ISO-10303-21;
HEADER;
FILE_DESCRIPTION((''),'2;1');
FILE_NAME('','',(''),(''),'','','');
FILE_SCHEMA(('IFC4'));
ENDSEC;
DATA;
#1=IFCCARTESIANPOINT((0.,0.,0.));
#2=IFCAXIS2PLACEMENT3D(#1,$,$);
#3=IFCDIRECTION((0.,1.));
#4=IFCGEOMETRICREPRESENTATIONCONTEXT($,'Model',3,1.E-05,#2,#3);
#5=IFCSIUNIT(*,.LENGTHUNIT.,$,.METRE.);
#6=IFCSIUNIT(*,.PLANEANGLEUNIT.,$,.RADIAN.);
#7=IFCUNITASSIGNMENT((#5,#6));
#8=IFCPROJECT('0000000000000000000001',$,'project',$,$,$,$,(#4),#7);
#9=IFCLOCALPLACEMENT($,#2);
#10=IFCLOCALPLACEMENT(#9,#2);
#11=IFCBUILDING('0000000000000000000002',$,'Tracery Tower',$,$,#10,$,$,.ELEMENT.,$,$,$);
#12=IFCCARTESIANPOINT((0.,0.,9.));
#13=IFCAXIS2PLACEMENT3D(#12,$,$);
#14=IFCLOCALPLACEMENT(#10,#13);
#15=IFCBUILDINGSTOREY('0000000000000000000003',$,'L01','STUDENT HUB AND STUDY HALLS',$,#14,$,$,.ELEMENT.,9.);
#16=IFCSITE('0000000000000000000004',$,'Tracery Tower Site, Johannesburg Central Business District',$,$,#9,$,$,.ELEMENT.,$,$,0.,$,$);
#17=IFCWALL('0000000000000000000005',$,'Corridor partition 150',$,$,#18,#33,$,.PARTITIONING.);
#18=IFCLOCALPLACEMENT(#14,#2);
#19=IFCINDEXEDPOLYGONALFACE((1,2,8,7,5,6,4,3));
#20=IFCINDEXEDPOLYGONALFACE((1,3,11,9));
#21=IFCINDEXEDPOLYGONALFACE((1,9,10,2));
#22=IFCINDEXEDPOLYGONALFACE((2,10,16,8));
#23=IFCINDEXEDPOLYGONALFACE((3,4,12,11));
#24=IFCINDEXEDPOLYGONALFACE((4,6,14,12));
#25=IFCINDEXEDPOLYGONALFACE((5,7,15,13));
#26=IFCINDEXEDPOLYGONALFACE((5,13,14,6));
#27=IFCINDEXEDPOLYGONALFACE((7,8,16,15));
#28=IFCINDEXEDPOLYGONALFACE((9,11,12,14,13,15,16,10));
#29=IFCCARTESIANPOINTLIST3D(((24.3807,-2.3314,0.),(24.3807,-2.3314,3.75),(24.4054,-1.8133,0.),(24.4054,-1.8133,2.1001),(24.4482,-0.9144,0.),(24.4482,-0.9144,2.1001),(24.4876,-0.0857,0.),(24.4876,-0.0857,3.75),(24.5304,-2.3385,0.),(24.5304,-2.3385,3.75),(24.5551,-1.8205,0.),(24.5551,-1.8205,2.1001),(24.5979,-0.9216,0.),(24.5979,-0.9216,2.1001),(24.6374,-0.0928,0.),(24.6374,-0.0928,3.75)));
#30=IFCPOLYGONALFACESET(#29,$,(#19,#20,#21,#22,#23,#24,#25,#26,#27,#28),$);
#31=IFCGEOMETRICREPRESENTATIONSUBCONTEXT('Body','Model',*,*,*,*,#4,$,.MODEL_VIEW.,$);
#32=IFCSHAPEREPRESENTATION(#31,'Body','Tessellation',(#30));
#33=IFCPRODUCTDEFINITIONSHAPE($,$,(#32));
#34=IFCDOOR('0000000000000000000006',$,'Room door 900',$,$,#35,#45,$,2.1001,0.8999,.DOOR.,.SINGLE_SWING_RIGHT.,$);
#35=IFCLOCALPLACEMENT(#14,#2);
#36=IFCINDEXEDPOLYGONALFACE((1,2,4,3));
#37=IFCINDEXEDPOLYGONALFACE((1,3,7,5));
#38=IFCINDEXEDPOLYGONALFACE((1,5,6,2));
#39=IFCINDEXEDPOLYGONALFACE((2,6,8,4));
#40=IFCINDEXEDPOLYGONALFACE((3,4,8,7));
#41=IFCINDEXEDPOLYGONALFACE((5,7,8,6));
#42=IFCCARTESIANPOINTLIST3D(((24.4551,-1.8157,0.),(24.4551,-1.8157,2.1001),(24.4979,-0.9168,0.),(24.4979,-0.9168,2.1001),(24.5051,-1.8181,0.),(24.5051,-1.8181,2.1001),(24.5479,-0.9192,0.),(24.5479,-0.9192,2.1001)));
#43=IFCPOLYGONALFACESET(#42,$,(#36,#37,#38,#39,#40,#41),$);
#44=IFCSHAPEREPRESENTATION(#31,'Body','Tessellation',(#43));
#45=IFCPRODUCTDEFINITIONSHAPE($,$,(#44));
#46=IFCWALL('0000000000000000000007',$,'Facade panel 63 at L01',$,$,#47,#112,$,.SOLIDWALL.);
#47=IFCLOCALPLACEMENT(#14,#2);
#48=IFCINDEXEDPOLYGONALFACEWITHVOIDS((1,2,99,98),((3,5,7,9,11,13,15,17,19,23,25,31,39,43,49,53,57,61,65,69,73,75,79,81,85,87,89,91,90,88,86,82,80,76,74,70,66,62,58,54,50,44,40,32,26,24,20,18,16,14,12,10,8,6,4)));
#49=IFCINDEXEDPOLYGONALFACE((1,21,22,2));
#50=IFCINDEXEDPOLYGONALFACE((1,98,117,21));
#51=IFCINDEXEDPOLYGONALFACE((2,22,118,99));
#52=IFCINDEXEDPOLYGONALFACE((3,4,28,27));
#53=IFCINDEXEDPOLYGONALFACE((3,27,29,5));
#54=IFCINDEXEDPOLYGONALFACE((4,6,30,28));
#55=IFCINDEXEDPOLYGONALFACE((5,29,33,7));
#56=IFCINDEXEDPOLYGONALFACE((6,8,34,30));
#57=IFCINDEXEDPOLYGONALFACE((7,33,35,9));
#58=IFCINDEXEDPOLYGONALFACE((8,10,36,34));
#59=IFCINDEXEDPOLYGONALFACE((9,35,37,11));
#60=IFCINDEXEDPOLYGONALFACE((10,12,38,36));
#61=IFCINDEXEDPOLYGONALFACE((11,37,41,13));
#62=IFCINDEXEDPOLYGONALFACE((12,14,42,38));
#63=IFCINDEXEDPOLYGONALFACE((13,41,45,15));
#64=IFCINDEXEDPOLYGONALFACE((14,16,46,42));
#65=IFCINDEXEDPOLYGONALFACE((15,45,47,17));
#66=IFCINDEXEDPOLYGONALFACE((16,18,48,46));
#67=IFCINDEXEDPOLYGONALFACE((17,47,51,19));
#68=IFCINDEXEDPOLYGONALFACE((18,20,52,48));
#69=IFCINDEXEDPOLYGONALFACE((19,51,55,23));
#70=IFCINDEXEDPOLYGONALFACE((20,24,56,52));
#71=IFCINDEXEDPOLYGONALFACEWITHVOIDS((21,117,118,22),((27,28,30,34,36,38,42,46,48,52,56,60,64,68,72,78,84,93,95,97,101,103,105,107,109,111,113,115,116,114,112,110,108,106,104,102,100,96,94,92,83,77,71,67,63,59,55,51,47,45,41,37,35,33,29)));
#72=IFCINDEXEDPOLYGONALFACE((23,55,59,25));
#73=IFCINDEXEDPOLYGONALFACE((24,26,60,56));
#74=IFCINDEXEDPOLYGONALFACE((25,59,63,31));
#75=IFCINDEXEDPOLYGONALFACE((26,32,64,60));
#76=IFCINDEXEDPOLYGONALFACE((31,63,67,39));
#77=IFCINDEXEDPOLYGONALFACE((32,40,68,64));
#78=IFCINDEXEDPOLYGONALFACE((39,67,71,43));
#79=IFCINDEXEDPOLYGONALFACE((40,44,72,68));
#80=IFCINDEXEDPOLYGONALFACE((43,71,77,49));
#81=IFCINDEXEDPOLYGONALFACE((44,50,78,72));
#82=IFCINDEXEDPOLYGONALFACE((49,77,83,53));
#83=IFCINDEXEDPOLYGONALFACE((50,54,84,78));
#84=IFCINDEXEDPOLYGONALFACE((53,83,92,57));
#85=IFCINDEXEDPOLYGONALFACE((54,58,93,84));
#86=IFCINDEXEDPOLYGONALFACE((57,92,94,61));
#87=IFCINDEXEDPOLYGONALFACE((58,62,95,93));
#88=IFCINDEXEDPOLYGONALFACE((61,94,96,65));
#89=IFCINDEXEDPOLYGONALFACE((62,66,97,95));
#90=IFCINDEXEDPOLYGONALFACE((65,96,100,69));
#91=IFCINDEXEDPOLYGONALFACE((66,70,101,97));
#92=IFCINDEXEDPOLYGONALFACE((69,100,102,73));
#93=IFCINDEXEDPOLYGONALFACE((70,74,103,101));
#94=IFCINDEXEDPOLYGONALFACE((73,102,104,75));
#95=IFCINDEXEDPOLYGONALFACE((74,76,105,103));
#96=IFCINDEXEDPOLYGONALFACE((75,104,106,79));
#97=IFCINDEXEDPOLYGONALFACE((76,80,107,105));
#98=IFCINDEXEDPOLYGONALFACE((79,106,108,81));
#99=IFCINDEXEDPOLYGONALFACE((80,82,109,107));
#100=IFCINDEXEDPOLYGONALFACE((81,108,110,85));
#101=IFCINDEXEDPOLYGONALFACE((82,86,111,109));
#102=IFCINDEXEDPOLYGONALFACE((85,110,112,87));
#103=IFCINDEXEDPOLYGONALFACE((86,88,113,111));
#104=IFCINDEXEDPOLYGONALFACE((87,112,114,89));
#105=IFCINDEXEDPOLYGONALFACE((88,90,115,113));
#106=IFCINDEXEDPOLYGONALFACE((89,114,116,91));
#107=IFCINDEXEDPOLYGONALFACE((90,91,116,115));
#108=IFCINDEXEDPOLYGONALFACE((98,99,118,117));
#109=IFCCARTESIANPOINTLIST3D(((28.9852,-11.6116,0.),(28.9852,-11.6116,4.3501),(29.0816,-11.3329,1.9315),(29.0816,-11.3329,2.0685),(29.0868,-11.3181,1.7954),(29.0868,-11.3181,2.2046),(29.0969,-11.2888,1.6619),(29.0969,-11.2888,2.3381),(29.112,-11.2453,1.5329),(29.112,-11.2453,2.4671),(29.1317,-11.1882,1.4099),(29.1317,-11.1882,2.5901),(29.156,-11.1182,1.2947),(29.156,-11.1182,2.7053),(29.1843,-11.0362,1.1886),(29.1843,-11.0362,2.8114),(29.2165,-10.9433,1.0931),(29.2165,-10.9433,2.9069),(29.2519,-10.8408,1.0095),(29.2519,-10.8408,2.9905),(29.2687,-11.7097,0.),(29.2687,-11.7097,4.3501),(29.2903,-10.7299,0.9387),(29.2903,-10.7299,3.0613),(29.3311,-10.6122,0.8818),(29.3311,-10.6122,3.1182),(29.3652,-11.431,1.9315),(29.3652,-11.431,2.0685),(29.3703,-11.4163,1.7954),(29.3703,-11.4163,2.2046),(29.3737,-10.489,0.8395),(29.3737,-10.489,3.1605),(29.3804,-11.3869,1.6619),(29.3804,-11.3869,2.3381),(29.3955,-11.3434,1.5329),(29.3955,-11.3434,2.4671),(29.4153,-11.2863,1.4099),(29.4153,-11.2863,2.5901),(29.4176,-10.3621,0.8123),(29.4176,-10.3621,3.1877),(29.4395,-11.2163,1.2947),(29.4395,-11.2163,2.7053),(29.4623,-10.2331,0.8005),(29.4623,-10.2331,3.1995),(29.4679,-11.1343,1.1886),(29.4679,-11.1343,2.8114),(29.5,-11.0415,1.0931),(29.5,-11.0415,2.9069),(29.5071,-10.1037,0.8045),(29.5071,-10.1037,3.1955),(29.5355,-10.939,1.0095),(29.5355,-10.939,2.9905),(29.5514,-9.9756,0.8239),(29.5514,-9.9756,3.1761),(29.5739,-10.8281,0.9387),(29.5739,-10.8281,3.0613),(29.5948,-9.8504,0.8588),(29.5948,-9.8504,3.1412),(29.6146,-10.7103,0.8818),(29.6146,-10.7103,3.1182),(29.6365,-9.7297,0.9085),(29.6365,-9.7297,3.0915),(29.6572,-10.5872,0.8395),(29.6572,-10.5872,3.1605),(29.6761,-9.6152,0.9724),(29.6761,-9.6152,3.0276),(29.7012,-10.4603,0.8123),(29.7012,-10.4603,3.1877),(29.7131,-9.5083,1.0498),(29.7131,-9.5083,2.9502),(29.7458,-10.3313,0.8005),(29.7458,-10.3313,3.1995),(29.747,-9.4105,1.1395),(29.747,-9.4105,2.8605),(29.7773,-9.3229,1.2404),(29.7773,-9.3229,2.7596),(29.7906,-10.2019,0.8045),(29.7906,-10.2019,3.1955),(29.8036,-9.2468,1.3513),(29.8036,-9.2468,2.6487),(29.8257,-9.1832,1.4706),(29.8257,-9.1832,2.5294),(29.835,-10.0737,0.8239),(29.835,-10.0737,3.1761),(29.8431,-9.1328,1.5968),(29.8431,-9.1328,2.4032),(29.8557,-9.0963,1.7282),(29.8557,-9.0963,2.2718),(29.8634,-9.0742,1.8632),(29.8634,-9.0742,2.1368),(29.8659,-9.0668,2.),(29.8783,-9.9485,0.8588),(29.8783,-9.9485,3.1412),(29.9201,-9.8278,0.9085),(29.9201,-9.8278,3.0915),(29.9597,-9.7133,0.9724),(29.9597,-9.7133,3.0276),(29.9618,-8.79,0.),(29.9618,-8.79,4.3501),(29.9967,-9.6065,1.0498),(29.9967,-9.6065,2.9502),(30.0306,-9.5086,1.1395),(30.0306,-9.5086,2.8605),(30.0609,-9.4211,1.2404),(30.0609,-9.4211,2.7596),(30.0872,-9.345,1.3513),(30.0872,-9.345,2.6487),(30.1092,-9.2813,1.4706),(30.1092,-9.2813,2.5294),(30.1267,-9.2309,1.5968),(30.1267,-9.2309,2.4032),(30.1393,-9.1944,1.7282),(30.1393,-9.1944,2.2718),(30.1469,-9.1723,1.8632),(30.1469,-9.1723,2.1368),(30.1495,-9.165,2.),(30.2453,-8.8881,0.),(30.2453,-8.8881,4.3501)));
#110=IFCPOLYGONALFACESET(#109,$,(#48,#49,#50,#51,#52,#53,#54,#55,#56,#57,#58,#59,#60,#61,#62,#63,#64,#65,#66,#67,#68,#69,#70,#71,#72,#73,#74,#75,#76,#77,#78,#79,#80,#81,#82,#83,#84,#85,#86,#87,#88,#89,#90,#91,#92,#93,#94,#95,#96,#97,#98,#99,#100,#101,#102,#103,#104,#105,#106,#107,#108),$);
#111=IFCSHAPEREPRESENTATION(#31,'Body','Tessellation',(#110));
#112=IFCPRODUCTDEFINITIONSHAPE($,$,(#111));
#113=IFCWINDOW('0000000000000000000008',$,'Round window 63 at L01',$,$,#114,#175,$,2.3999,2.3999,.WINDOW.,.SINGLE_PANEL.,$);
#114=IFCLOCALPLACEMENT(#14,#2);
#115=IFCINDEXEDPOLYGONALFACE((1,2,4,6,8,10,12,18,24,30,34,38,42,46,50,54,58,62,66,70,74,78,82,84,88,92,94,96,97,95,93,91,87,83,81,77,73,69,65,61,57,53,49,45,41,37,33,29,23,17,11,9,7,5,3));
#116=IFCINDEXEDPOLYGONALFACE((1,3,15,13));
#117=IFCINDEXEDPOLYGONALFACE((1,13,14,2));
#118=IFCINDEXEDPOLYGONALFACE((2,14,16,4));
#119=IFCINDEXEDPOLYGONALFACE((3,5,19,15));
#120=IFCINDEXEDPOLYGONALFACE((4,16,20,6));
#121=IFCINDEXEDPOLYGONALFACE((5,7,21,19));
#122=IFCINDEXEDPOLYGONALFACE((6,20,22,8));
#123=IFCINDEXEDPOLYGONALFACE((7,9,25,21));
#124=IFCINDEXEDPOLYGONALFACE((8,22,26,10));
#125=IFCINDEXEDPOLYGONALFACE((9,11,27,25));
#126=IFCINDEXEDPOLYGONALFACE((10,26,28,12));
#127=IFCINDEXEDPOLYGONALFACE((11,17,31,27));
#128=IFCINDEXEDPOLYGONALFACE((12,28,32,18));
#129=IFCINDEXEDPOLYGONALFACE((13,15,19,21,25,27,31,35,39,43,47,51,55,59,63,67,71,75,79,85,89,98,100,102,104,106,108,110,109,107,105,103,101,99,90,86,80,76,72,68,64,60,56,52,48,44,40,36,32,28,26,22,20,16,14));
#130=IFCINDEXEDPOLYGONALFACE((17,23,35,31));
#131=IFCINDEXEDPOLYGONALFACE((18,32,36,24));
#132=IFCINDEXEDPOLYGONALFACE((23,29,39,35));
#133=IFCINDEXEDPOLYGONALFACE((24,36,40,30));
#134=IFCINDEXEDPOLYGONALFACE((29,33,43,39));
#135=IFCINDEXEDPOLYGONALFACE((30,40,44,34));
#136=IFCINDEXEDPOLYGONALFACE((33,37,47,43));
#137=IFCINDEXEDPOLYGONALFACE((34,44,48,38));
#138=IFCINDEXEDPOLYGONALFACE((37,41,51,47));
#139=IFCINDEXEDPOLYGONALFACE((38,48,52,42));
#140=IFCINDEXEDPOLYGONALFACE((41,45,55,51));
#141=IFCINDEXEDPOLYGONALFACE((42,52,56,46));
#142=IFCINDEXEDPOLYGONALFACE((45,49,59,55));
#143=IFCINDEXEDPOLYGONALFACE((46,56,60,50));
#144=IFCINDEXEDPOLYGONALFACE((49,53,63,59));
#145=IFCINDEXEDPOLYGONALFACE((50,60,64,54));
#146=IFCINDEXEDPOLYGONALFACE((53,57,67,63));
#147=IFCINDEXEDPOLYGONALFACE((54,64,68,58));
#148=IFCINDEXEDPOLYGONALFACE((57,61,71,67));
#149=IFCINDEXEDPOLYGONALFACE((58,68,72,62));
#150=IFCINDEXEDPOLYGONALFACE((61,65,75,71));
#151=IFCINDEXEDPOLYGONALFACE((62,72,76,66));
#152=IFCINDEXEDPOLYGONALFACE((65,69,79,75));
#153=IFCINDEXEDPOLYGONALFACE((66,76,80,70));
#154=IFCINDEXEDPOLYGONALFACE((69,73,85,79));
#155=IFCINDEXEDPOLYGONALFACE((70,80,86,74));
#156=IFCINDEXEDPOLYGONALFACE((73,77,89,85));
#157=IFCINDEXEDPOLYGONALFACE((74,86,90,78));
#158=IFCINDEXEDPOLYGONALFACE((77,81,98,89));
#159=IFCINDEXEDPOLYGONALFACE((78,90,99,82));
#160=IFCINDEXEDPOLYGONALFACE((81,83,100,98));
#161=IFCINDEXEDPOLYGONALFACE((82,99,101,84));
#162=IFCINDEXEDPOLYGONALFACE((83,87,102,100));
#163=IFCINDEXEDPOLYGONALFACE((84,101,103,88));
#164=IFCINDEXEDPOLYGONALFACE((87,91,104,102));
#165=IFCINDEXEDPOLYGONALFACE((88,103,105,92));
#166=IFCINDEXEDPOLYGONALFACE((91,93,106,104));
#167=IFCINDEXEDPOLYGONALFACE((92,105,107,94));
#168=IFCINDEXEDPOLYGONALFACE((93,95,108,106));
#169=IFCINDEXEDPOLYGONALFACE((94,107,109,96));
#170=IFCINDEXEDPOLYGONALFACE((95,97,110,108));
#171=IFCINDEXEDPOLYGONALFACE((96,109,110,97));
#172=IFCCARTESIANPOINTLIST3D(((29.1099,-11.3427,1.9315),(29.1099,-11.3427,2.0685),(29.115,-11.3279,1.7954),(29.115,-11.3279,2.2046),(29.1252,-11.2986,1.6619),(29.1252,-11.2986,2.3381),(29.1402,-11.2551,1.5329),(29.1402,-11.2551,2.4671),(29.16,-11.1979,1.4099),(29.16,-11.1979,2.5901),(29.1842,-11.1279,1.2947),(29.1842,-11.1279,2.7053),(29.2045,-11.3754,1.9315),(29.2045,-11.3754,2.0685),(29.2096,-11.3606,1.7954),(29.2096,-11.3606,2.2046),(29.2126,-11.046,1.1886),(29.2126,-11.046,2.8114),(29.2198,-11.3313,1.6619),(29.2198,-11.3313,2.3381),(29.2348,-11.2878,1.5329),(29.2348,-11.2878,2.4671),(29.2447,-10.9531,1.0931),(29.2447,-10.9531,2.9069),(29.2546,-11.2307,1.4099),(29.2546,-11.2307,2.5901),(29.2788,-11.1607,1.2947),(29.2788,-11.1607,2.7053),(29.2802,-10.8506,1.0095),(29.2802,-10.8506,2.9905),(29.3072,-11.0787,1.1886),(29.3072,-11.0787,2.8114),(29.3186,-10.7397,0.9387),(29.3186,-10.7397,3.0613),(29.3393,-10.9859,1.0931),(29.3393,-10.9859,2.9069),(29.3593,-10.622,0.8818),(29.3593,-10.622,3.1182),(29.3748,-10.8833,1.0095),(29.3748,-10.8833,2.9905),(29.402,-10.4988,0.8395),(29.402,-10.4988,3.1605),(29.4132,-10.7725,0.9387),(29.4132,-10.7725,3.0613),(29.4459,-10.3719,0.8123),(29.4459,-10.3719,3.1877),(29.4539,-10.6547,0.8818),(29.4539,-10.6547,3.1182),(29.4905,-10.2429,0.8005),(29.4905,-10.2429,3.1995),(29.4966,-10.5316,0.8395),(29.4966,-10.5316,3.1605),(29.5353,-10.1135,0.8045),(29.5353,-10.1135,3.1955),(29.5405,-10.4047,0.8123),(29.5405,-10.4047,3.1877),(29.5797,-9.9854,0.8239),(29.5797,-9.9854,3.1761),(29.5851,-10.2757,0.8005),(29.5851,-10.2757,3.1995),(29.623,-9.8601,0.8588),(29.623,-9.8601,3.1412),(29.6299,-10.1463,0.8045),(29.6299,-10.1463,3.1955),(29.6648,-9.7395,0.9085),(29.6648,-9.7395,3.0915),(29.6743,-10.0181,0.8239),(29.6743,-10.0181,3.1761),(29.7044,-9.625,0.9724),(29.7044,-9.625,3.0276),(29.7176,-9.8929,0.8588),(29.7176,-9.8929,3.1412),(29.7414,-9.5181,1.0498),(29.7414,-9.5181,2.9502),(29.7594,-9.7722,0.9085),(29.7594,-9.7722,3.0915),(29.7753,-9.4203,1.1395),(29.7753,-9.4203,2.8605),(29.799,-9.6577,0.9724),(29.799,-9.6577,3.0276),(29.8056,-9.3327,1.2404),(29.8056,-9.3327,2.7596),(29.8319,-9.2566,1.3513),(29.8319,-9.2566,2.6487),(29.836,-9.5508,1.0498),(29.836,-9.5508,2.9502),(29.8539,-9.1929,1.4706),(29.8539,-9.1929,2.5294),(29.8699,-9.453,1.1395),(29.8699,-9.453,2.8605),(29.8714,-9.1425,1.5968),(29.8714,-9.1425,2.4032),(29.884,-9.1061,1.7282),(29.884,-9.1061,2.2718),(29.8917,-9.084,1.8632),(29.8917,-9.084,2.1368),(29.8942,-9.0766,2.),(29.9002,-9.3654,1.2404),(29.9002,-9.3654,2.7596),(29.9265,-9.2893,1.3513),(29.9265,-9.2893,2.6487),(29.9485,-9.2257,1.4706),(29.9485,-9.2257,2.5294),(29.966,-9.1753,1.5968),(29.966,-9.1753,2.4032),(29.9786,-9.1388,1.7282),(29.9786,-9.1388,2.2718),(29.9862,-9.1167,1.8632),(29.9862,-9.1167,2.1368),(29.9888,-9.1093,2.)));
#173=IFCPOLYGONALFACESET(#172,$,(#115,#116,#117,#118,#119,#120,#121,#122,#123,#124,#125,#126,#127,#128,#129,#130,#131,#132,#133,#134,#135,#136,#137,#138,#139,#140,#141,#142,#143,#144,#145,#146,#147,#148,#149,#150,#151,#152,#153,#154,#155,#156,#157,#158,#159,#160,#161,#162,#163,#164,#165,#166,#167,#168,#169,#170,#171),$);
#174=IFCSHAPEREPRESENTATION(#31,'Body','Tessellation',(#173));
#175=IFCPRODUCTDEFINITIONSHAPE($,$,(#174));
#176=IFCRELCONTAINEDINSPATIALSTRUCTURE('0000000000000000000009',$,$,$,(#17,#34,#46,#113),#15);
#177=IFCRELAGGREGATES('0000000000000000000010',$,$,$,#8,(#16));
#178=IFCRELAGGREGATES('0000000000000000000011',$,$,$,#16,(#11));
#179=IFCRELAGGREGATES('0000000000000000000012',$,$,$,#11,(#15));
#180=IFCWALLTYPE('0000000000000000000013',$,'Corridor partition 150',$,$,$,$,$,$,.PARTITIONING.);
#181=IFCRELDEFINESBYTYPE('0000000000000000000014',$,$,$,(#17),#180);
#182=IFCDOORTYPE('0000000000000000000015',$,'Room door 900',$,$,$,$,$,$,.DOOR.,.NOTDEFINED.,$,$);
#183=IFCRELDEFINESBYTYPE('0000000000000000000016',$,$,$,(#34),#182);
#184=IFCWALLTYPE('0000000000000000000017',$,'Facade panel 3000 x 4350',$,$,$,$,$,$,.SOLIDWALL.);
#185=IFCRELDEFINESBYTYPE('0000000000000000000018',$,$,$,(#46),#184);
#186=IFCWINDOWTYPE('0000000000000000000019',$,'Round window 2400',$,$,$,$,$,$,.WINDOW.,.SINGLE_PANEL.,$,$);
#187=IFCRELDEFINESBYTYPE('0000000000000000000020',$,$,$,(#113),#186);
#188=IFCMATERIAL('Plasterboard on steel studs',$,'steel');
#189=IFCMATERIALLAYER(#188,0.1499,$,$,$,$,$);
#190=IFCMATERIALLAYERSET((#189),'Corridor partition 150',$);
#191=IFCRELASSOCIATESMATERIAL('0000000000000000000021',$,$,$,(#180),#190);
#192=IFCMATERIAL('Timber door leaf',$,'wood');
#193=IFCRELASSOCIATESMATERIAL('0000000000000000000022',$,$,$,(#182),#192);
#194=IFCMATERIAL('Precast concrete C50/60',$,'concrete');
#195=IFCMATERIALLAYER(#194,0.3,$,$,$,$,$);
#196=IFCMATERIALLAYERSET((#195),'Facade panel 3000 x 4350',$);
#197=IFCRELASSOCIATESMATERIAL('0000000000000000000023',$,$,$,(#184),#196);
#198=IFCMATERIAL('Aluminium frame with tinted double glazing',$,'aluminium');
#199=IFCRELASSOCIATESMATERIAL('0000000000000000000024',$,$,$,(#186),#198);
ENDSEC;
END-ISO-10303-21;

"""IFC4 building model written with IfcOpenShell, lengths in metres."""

from ifc_helpers import new_model, si_unit, direction, frame, frame_2d, origin, origin_2d, place, context, subcontext, project, spatial, rectangle, circle, extrude, material, layer, layer_set, type_object, element, fill, save


model = new_model("IFC4")

# Units and contexts
model_context = context("Model", 3, precision=1e-05, world=origin(), true_north=direction((0.0, 1.0)))
body_context = subcontext(model_context, "Body", "Model", "MODEL_VIEW")
ifc_project = project(units=[si_unit("LENGTHUNIT", "METRE"), si_unit("PLANEANGLEUNIT", "RADIAN")], contexts=[model_context])

# Site, building, storey
site_placement = place(None, origin())
site = spatial("IfcSite", under=ifc_project, at=site_placement, Name="Tracery Tower Site, Johannesburg Central Business District", CompositionType="ELEMENT", RefElevation=0.0)
building_placement = place(site_placement, origin())
building = spatial("IfcBuilding", under=site, at=building_placement, Name="Tracery Tower", CompositionType="ELEMENT")
storey_placement = place(building_placement, frame((0.0, 0.0, 9.0)))
storey = spatial("IfcBuildingStorey", under=building, at=storey_placement, Name="L01", Description="STUDENT HUB AND STUDY HALLS", CompositionType="ELEMENT", Elevation=9.0)

# Wall, opening, door
ifc_material_1 = material(Name="Plasterboard on steel studs", Category="steel")
ifc_layer_1 = layer(ifc_material_1, 0.1499)
ifc_layer_set_1 = layer_set([ifc_layer_1], Name="Corridor partition 150")
wall_type_1 = type_object("IfcWallType", Name="Corridor partition 150", PredefinedType="PARTITIONING", material=ifc_layer_set_1)
ifc_material_2 = material(Name="Timber door leaf", Category="wood")
door_type = type_object("IfcDoorType", Name="Room door 900", OperationType="NOTDEFINED", PredefinedType="DOOR", material=ifc_material_2)
wall_1_placement = place(storey_placement, frame((24.5625, -0.0894, 0.0), z_axis=(0.0, 0.0, 1.0), x_axis=(-0.04756, -0.998868, 0.0)))
wall_1 = element("IfcWall", 1, at=wall_1_placement, inside=storey, type_object=wall_type_1, Name="Corridor partition 150", PredefinedType="PARTITIONING", context=body_context, shape_type="SweptSolid", body=[
    extrude(rectangle(XDim=2.2483, YDim=0.1499, at=frame_2d((1.124, 0.0))), origin(), (0.0, 0.0, 1.0), 3.75),
])
opening_1_placement = place(wall_1_placement, frame((0.8296, 0.0, 0.0)))
opening_1 = element("IfcOpeningElement", 2, at=opening_1_placement, cuts=wall_1, PredefinedType="OPENING", context=body_context, shape_type="SweptSolid", body=[
    extrude(rectangle(XDim=0.8999, YDim=2.1001, at=frame_2d((0.45, 1.05))), frame((0.0, 0.075, 0.0), z_axis=(0.0, -1.0, 0.0), x_axis=(1.0, 0.0, 0.0)), (0.0, 0.0, 1.0), 0.1499),
])
door_1_placement = place(opening_1_placement, origin())
door_1 = element("IfcDoor", 3, at=door_1_placement, inside=storey, type_object=door_type, Name="Room door 900", OperationType="SINGLE_SWING_RIGHT", OverallHeight=2.1001, OverallWidth=0.8999, PredefinedType="DOOR", context=body_context, shape_type="SweptSolid", body=[
    extrude(rectangle(XDim=0.8999, YDim=2.1001, at=frame_2d((0.45, 1.05))), frame((0.0, 0.0249, 0.0), z_axis=(0.0, -1.0, 0.0), x_axis=(1.0, 0.0, 0.0)), (0.0, 0.0, 1.0), 0.05),
])
fill(opening_1, door_1)

# Wall, opening, window
ifc_material_3 = material(Name="Precast concrete C50/60", Category="concrete")
ifc_layer_2 = layer(ifc_material_3, 0.3)
ifc_layer_set_2 = layer_set([ifc_layer_2], Name="Facade panel 3000 x 4350")
wall_type_2 = type_object("IfcWallType", Name="Facade panel 3000 x 4350", PredefinedType="SOLIDWALL", material=ifc_layer_set_2)
wall_2_placement = place(storey_placement, frame((29.127, -11.6606, 0.0), z_axis=(0.0, 0.0, 1.0), x_axis=(0.327074, 0.944999, 0.0)))
wall_2 = element("IfcWall", 4, at=wall_2_placement, inside=storey, type_object=wall_type_2, Name="Facade panel 63 at L01", PredefinedType="SOLIDWALL", context=body_context, shape_type="SweptSolid", body=[
    extrude(rectangle(XDim=2.9858, YDim=0.3, at=frame_2d((1.4929, 0.0))), origin(), (0.0, 0.0, 1.0), 4.3501),
])
opening_2_placement = place(wall_2_placement, frame((1.4929, 0.0, 2.0)))
opening_2 = element("IfcOpeningElement", 5, at=opening_2_placement, cuts=wall_2, PredefinedType="OPENING", context=body_context, shape_type="SweptSolid", body=[
    extrude(circle(Radius=1.2, at=origin_2d()), frame((0.0, 0.1599, 0.0), z_axis=(0.0, -1.0, 0.0), x_axis=(1.0, 0.0, 0.0)), (0.0, 0.0, 1.0), 0.3201),
])
ifc_material_4 = material(Name="Aluminium frame with tinted double glazing", Category="aluminium")
window_type = type_object("IfcWindowType", Name="Round window 2400", PartitioningType="SINGLE_PANEL", PredefinedType="WINDOW", material=ifc_material_4)
window_1_placement = place(opening_2_placement, origin())
window_1 = element("IfcWindow", 6, at=window_1_placement, inside=storey, type_object=window_type, Name="Round window 63 at L01", OverallHeight=2.3999, OverallWidth=2.3999, PartitioningType="SINGLE_PANEL", PredefinedType="WINDOW", context=body_context, shape_type="SweptSolid", body=[
    extrude(circle(Radius=1.2, at=origin_2d()), frame((0.0, 0.1201, 0.0), z_axis=(0.0, -1.0, 0.0), x_axis=(1.0, 0.0, 0.0)), (0.0, 0.0, 1.0), 0.1001),
])
fill(opening_2, window_1)

save(model, "model.ifc")
